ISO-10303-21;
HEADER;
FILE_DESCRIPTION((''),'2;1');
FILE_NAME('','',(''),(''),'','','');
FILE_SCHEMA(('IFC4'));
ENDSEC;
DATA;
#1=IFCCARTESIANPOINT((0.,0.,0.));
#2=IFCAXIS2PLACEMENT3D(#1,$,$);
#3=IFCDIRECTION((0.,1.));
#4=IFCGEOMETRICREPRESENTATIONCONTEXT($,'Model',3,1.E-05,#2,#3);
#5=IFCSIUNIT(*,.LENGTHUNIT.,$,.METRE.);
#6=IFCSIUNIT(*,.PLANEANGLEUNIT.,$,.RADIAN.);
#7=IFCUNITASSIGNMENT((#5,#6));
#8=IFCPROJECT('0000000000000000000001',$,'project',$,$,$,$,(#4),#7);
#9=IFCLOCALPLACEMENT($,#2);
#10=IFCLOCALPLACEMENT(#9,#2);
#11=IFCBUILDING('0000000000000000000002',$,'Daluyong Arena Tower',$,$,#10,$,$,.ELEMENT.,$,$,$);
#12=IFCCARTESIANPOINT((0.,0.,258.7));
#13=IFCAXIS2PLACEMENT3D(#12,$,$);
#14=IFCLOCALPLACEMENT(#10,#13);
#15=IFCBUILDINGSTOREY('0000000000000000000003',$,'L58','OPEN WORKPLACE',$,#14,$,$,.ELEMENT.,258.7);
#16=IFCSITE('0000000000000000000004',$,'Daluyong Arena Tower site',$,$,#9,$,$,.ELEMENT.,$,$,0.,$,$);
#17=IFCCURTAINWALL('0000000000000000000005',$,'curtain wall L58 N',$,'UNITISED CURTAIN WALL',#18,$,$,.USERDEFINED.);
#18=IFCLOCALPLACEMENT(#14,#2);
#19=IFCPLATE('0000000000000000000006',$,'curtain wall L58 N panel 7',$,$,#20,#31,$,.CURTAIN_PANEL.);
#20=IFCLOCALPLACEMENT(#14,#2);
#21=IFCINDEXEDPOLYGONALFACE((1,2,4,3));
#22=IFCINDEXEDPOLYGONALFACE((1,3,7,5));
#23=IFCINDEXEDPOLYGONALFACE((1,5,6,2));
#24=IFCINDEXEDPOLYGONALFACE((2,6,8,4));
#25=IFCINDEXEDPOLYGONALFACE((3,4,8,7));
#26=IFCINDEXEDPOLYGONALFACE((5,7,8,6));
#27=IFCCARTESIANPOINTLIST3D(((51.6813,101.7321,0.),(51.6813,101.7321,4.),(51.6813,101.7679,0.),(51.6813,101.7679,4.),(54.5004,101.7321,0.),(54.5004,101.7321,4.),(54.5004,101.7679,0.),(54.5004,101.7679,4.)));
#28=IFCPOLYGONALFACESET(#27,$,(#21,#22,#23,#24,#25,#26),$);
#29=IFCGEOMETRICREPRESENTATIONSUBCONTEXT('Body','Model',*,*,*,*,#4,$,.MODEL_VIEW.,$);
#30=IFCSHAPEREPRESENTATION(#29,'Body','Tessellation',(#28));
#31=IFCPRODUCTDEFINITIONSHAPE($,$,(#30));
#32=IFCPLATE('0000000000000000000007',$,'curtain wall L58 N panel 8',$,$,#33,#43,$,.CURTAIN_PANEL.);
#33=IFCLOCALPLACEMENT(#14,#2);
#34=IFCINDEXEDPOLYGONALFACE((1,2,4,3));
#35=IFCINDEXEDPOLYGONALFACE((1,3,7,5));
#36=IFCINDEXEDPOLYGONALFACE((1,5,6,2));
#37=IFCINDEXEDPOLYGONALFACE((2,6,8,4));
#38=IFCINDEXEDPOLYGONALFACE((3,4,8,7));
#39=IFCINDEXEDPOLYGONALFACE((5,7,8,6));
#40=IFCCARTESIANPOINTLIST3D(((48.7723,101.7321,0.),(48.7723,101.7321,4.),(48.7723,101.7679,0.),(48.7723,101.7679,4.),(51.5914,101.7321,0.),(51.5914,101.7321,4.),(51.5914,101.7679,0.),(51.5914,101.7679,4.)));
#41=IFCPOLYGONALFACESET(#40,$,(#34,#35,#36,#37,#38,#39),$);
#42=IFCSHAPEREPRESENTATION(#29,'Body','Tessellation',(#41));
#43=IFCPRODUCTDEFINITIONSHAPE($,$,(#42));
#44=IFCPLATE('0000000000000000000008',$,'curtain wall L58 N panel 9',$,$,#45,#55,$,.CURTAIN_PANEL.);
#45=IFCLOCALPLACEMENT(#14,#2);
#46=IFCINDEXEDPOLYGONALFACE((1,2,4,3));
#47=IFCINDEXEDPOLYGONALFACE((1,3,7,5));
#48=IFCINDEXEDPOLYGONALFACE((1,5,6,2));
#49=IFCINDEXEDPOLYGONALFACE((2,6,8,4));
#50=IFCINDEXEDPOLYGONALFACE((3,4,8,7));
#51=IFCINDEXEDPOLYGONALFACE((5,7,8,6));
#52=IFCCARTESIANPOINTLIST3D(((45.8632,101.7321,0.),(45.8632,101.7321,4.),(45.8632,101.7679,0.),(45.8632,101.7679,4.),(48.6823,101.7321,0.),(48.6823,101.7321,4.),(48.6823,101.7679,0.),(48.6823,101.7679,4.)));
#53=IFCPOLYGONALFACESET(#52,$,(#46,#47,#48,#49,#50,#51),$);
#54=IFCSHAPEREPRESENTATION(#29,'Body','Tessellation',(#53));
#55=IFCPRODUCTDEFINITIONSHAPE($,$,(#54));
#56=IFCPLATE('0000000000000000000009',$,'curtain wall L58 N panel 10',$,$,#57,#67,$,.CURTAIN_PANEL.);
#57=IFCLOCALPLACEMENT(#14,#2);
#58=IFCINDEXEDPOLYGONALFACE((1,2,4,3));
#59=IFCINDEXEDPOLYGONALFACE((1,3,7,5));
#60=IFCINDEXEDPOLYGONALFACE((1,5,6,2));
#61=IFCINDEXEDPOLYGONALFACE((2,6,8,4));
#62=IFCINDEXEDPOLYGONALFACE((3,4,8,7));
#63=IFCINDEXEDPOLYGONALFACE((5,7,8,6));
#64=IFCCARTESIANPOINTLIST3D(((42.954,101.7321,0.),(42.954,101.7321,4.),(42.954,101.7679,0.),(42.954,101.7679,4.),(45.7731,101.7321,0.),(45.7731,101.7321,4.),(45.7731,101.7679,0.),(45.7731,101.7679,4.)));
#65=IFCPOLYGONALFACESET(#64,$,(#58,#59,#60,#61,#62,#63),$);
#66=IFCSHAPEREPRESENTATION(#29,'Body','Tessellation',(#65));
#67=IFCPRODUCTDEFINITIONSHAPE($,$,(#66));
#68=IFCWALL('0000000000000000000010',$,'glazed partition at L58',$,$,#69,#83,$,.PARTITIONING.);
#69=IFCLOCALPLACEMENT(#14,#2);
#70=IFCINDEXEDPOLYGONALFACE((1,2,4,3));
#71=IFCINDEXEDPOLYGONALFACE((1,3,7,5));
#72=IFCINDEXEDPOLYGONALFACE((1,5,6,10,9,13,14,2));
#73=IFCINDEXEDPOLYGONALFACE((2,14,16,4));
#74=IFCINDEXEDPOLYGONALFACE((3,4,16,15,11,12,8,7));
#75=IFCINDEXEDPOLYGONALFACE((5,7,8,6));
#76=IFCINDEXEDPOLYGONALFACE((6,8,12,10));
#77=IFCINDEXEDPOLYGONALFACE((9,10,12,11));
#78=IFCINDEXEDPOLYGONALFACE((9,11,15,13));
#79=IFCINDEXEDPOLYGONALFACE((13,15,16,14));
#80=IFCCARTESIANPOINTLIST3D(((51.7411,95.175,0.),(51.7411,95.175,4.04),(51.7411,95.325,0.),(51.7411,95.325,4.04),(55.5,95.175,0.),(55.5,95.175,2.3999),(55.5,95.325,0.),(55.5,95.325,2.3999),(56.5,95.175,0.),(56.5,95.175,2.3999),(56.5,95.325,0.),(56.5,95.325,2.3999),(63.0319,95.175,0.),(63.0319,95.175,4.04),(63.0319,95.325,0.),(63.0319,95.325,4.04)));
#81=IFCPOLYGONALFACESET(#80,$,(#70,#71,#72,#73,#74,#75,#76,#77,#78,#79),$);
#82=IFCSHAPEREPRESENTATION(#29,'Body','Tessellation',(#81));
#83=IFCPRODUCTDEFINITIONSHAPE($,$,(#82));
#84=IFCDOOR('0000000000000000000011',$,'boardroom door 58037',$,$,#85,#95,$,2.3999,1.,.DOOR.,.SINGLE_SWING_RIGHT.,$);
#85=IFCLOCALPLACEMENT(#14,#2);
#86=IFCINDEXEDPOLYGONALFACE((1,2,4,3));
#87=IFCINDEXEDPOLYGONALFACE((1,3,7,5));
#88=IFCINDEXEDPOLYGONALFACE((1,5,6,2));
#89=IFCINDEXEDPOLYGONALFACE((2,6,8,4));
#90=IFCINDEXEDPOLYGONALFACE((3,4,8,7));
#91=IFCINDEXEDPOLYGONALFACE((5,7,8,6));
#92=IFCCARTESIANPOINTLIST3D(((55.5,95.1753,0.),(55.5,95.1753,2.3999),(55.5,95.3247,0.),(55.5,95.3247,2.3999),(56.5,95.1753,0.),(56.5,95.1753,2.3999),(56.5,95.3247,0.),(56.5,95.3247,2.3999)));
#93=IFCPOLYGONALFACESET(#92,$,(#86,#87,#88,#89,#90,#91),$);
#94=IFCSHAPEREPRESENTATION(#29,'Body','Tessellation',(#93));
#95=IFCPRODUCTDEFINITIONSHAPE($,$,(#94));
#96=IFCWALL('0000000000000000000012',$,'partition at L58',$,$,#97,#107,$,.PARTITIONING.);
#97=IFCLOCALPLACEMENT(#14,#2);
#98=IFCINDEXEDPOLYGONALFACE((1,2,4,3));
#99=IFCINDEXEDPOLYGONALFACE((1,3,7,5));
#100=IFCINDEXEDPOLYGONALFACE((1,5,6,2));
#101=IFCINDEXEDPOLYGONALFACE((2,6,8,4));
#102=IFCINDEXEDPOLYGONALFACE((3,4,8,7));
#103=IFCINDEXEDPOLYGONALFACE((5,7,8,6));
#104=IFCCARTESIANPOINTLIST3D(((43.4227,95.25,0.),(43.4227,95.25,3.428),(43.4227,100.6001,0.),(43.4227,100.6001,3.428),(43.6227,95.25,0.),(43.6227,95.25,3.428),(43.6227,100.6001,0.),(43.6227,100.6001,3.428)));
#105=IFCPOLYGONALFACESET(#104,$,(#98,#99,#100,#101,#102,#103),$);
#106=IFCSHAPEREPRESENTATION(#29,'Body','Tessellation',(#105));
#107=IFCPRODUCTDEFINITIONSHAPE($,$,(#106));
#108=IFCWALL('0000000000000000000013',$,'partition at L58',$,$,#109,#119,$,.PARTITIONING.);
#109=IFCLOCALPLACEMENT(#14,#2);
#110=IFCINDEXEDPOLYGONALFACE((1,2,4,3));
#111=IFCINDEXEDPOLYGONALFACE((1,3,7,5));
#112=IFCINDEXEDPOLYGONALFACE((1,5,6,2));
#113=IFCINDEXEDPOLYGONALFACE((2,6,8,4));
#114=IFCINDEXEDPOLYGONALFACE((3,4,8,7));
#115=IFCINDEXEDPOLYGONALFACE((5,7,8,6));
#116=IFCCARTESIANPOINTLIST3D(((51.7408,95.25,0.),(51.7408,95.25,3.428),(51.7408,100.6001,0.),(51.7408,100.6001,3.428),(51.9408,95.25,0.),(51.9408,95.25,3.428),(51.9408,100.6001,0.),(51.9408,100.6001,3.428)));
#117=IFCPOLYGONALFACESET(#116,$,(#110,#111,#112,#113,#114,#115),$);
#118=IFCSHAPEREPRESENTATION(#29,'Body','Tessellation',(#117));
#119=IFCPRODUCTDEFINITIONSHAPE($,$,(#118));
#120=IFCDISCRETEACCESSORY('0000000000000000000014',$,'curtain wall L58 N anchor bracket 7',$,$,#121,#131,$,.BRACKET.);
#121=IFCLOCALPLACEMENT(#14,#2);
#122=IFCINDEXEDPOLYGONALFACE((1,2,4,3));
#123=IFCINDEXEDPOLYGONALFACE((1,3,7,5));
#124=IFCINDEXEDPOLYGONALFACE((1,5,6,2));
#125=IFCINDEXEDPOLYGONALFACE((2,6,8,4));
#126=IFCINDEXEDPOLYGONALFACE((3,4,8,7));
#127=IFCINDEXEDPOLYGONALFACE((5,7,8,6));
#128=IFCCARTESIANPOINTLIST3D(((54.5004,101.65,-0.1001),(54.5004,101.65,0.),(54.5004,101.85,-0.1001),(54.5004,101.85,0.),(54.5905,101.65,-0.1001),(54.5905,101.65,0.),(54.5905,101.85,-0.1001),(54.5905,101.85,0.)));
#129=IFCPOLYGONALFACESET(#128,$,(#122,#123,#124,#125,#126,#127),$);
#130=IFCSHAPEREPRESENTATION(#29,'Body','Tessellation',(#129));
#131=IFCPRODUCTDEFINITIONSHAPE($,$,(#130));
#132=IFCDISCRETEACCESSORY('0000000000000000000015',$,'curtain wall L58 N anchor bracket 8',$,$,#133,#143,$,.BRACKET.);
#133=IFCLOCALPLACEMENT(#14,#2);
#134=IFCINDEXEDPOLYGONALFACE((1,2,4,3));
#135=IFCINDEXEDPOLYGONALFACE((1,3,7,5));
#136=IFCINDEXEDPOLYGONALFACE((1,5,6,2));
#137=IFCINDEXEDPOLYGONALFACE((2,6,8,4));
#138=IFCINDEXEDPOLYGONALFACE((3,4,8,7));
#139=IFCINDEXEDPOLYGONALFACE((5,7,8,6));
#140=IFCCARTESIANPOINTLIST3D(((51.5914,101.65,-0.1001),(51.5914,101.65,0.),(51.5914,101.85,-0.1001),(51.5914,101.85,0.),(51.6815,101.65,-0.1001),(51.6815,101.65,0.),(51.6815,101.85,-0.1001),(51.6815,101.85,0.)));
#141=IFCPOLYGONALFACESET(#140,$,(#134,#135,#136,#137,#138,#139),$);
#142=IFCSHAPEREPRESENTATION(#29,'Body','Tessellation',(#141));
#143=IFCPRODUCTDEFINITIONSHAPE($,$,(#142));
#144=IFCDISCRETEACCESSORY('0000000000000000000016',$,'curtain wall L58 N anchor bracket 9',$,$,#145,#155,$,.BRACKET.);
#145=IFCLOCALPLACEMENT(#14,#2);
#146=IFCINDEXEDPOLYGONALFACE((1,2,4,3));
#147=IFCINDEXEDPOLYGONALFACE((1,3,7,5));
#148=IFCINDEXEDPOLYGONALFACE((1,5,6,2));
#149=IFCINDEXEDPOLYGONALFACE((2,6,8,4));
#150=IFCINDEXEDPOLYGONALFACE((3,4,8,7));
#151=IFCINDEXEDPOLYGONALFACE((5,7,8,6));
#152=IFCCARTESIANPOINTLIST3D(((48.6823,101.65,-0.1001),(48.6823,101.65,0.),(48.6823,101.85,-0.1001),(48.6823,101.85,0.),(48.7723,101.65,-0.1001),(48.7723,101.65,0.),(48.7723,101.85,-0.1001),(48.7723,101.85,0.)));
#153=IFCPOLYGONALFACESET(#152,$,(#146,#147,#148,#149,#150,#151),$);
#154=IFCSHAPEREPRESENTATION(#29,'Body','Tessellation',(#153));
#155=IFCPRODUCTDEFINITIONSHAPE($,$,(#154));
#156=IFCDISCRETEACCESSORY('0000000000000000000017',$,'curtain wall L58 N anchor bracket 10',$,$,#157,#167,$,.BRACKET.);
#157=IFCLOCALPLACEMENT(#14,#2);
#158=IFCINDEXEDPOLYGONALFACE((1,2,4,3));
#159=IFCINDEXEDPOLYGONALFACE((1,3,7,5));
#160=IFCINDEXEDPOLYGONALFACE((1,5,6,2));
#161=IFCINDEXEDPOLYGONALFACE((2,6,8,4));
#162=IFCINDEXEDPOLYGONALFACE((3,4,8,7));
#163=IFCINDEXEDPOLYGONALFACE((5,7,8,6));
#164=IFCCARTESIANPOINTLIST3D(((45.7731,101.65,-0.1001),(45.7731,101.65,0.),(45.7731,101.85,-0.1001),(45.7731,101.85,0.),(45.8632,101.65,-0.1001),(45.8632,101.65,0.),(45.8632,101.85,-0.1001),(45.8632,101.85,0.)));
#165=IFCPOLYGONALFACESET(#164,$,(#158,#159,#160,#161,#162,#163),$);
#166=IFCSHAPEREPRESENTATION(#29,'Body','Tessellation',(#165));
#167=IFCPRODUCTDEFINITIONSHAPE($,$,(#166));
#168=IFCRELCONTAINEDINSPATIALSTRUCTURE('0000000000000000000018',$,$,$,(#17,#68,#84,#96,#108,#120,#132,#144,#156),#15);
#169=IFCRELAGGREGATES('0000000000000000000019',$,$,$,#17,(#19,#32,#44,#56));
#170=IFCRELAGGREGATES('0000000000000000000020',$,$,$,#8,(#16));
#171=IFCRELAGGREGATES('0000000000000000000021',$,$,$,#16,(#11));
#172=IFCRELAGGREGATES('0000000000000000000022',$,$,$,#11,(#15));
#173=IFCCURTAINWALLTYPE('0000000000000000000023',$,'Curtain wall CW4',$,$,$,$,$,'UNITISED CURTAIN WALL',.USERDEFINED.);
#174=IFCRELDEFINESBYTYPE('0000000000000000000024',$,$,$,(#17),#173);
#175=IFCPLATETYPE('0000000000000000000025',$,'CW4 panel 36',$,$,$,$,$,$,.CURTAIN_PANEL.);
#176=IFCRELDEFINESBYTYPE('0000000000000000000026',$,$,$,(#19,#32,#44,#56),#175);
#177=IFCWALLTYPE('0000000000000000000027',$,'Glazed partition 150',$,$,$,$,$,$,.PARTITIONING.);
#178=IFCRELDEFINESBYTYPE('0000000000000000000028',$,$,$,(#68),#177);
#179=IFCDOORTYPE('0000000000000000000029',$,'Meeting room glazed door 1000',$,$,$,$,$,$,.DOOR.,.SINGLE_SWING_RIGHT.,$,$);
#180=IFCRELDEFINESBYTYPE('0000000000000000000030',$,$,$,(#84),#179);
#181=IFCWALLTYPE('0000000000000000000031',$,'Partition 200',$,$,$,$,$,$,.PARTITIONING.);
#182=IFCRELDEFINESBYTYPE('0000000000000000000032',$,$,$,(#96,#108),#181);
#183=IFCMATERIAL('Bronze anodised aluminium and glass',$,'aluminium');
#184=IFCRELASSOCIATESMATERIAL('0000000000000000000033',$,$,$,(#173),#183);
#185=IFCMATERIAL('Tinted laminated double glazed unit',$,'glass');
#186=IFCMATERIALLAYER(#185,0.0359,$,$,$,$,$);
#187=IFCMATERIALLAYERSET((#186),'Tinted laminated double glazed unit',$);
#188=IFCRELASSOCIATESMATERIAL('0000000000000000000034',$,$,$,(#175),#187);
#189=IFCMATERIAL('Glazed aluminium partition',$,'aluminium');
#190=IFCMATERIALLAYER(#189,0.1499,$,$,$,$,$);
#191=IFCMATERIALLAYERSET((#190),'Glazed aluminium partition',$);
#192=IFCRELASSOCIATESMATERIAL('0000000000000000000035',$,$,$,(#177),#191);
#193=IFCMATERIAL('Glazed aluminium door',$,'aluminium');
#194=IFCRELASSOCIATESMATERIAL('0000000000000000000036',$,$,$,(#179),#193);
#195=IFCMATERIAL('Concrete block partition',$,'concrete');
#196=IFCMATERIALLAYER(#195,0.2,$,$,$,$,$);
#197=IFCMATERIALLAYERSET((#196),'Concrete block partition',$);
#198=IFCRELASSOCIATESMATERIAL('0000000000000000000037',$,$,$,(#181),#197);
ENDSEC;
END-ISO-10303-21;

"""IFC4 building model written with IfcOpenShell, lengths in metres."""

from ifc_helpers import new_model, si_unit, direction, frame, frame_2d, origin, origin_2d, place, context, subcontext, project, spatial, rectangle, extrude, material, layer, layer_set, type_object, element, fill, aggregate, save


model = new_model("IFC4")

# Units and contexts
model_context = context("Model", 3, precision=1e-05, world=origin(), true_north=direction((0.0, 1.0)))
body_context = subcontext(model_context, "Body", "Model", "MODEL_VIEW")
ifc_project = project(units=[si_unit("LENGTHUNIT", "METRE"), si_unit("PLANEANGLEUNIT", "RADIAN")], contexts=[model_context])

# Site, building, storey
site_placement = place(None, origin())
site = spatial("IfcSite", under=ifc_project, at=site_placement, Name="Daluyong Arena Tower site", CompositionType="ELEMENT", RefElevation=0.0)
building_placement = place(site_placement, origin())
building = spatial("IfcBuilding", under=site, at=building_placement, Name="Daluyong Arena Tower", CompositionType="ELEMENT")
storey_placement = place(building_placement, frame((0.0, 0.0, 258.7)))
storey = spatial("IfcBuildingStorey", under=building, at=storey_placement, Name="L58", Description="OPEN WORKPLACE", CompositionType="ELEMENT", Elevation=258.7)

# Curtain wall
ifc_material_1 = material(Name="Bronze anodised aluminium and glass", Category="aluminium")
curtain_wall_type = type_object("IfcCurtainWallType", Name="Curtain wall CW4", ElementType="UNITISED CURTAIN WALL", PredefinedType="USERDEFINED", material=ifc_material_1)
curtain_wall_placement = place(storey_placement, origin())
curtain_wall = element("IfcCurtainWall", 1, at=curtain_wall_placement, inside=storey, type_object=curtain_wall_type, Name="curtain wall L58 N", ObjectType="UNITISED CURTAIN WALL", PredefinedType="USERDEFINED")

# Plates
ifc_material_2 = material(Name="Tinted laminated double glazed unit", Category="glass")
ifc_layer_1 = layer(ifc_material_2, 0.0359)
ifc_layer_set_1 = layer_set([ifc_layer_1], Name="Tinted laminated double glazed unit")
plate_type = type_object("IfcPlateType", Name="CW4 panel 36", PredefinedType="CURTAIN_PANEL", material=ifc_layer_set_1)
plate_1_placement = place(storey_placement, frame((53.0908, 101.75, 0.0), z_axis=(0.0, 0.0, 1.0), x_axis=(-1.0, 0.0, 0.0)))
plate_1 = element("IfcPlate", 2, at=plate_1_placement, type_object=plate_type, Name="curtain wall L58 N panel 7", PredefinedType="CURTAIN_PANEL", context=body_context, shape_type="SweptSolid", body=[
    extrude(rectangle(XDim=2.8191, YDim=0.0359, at=origin_2d()), origin(), (0.0, 0.0, 1.0), 4.0),
])
plate_2_placement = place(storey_placement, frame((50.1819, 101.75, 0.0), z_axis=(0.0, 0.0, 1.0), x_axis=(-1.0, 0.0, 0.0)))
plate_2 = element("IfcPlate", 3, at=plate_2_placement, type_object=plate_type, Name="curtain wall L58 N panel 8", PredefinedType="CURTAIN_PANEL", context=body_context, shape_type="SweptSolid", body=[
    extrude(rectangle(XDim=2.8191, YDim=0.0359, at=origin_2d()), origin(), (0.0, 0.0, 1.0), 4.0),
])
plate_3_placement = place(storey_placement, frame((47.2727, 101.75, 0.0), z_axis=(0.0, 0.0, 1.0), x_axis=(-1.0, 0.0, 0.0)))
plate_3 = element("IfcPlate", 4, at=plate_3_placement, type_object=plate_type, Name="curtain wall L58 N panel 9", PredefinedType="CURTAIN_PANEL", context=body_context, shape_type="SweptSolid", body=[
    extrude(rectangle(XDim=2.8191, YDim=0.0359, at=origin_2d()), origin(), (0.0, 0.0, 1.0), 4.0),
])
plate_4_placement = place(storey_placement, frame((44.3635, 101.75, 0.0), z_axis=(0.0, 0.0, 1.0), x_axis=(-1.0, 0.0, 0.0)))
plate_4 = element("IfcPlate", 5, at=plate_4_placement, type_object=plate_type, Name="curtain wall L58 N panel 10", PredefinedType="CURTAIN_PANEL", context=body_context, shape_type="SweptSolid", body=[
    extrude(rectangle(XDim=2.8191, YDim=0.0359, at=origin_2d()), origin(), (0.0, 0.0, 1.0), 4.0),
])
aggregate(curtain_wall, [plate_1, plate_2, plate_3, plate_4])

# Wall, opening, door
ifc_material_3 = material(Name="Glazed aluminium partition", Category="aluminium")
ifc_layer_2 = layer(ifc_material_3, 0.1499)
ifc_layer_set_2 = layer_set([ifc_layer_2], Name="Glazed aluminium partition")
wall_type_1 = type_object("IfcWallType", Name="Glazed partition 150", PredefinedType="PARTITIONING", material=ifc_layer_set_2)
wall_placement = place(storey_placement, frame((51.741, 95.25, 0.0), z_axis=(0.0, 0.0, 1.0), x_axis=(1.0, 0.0, 0.0)))
wall = element("IfcWall", 6, at=wall_placement, inside=storey, type_object=wall_type_1, Name="glazed partition at L58", PredefinedType="PARTITIONING", context=body_context, shape_type="SweptSolid", body=[
    extrude(rectangle(XDim=11.2908, YDim=0.1499, at=frame_2d((5.6455, 0.0))), origin(), (0.0, 0.0, 1.0), 4.04),
])
opening_placement = place(wall_placement, frame((3.759, 0.0, 0.0)))
opening = element("IfcOpeningElement", 7, at=opening_placement, cuts=wall, PredefinedType="OPENING", context=body_context, shape_type="SweptSolid", body=[
    extrude(rectangle(XDim=1.0, YDim=2.3999, at=frame_2d((0.5, 1.2))), frame((0.0, 0.085, 0.0), z_axis=(0.0, -1.0, 0.0), x_axis=(1.0, 0.0, 0.0)), (0.0, 0.0, 1.0), 0.1699),
])
ifc_material_4 = material(Name="Glazed aluminium door", Category="aluminium")
door_type = type_object("IfcDoorType", Name="Meeting room glazed door 1000", OperationType="SINGLE_SWING_RIGHT", PredefinedType="DOOR", material=ifc_material_4)
door_placement = place(opening_placement, origin())
door = element("IfcDoor", 8, at=door_placement, inside=storey, type_object=door_type, Name="boardroom door 58037", OperationType="SINGLE_SWING_RIGHT", OverallHeight=2.3999, OverallWidth=1.0, PredefinedType="DOOR", context=body_context, shape_type="SweptSolid", body=[
    extrude(rectangle(XDim=1.0, YDim=2.3999, at=frame_2d((0.5, 1.2))), frame((0.0, 0.0747, 0.0), z_axis=(0.0, -1.0, 0.0), x_axis=(1.0, 0.0, 0.0)), (0.0, 0.0, 1.0), 0.1494),
])
fill(opening, door)

# Walls
ifc_material_5 = material(Name="Concrete block partition", Category="concrete")
ifc_layer_3 = layer(ifc_material_5, 0.2)
ifc_layer_set_3 = layer_set([ifc_layer_3], Name="Concrete block partition")
wall_type_2 = type_object("IfcWallType", Name="Partition 200", PredefinedType="PARTITIONING", material=ifc_layer_set_3)
for number, where, z_axis, x_axis, name in (
    (9, (43.5227, 95.25, 0.0), (0.0, 0.0, 1.0), (0.0, 1.0, 0.0), "partition at L58"),
    (10, (51.8408, 95.25, 0.0), (0.0, 0.0, 1.0), (0.0, 1.0, 0.0), "partition at L58"),
):
    element("IfcWall", number, at=place(storey_placement, frame(where, z_axis=z_axis, x_axis=x_axis)), inside=storey, type_object=wall_type_2, Name=name, PredefinedType="PARTITIONING", context=body_context, shape_type="SweptSolid", body=[
        extrude(rectangle(XDim=5.3501, YDim=0.2, at=frame_2d((2.675, 0.0))), origin(), (0.0, 0.0, 1.0), 3.428),
    ])

# Discrete accessories
for number, where, z_axis, x_axis, name in (
    (11, (54.5454, 101.75, -0.1001), (0.0, 0.0, 1.0), (-1.0, 0.0, 0.0), "curtain wall L58 N anchor bracket 7"),
    (12, (51.6365, 101.75, -0.1001), (0.0, 0.0, 1.0), (-1.0, 0.0, 0.0), "curtain wall L58 N anchor bracket 8"),
    (13, (48.7273, 101.75, -0.1001), (0.0, 0.0, 1.0), (-1.0, 0.0, 0.0), "curtain wall L58 N anchor bracket 9"),
    (14, (45.8181, 101.75, -0.1001), (0.0, 0.0, 1.0), (-1.0, 0.0, 0.0), "curtain wall L58 N anchor bracket 10"),
):
    element("IfcDiscreteAccessory", number, at=place(storey_placement, frame(where, z_axis=z_axis, x_axis=x_axis)), inside=storey, Name=name, PredefinedType="BRACKET", context=body_context, shape_type="SweptSolid", body=[
        extrude(rectangle(XDim=0.0901, YDim=0.2, at=origin_2d()), origin(), (0.0, 0.0, 1.0), 0.1001),
    ])

save(model, "model.ifc")
